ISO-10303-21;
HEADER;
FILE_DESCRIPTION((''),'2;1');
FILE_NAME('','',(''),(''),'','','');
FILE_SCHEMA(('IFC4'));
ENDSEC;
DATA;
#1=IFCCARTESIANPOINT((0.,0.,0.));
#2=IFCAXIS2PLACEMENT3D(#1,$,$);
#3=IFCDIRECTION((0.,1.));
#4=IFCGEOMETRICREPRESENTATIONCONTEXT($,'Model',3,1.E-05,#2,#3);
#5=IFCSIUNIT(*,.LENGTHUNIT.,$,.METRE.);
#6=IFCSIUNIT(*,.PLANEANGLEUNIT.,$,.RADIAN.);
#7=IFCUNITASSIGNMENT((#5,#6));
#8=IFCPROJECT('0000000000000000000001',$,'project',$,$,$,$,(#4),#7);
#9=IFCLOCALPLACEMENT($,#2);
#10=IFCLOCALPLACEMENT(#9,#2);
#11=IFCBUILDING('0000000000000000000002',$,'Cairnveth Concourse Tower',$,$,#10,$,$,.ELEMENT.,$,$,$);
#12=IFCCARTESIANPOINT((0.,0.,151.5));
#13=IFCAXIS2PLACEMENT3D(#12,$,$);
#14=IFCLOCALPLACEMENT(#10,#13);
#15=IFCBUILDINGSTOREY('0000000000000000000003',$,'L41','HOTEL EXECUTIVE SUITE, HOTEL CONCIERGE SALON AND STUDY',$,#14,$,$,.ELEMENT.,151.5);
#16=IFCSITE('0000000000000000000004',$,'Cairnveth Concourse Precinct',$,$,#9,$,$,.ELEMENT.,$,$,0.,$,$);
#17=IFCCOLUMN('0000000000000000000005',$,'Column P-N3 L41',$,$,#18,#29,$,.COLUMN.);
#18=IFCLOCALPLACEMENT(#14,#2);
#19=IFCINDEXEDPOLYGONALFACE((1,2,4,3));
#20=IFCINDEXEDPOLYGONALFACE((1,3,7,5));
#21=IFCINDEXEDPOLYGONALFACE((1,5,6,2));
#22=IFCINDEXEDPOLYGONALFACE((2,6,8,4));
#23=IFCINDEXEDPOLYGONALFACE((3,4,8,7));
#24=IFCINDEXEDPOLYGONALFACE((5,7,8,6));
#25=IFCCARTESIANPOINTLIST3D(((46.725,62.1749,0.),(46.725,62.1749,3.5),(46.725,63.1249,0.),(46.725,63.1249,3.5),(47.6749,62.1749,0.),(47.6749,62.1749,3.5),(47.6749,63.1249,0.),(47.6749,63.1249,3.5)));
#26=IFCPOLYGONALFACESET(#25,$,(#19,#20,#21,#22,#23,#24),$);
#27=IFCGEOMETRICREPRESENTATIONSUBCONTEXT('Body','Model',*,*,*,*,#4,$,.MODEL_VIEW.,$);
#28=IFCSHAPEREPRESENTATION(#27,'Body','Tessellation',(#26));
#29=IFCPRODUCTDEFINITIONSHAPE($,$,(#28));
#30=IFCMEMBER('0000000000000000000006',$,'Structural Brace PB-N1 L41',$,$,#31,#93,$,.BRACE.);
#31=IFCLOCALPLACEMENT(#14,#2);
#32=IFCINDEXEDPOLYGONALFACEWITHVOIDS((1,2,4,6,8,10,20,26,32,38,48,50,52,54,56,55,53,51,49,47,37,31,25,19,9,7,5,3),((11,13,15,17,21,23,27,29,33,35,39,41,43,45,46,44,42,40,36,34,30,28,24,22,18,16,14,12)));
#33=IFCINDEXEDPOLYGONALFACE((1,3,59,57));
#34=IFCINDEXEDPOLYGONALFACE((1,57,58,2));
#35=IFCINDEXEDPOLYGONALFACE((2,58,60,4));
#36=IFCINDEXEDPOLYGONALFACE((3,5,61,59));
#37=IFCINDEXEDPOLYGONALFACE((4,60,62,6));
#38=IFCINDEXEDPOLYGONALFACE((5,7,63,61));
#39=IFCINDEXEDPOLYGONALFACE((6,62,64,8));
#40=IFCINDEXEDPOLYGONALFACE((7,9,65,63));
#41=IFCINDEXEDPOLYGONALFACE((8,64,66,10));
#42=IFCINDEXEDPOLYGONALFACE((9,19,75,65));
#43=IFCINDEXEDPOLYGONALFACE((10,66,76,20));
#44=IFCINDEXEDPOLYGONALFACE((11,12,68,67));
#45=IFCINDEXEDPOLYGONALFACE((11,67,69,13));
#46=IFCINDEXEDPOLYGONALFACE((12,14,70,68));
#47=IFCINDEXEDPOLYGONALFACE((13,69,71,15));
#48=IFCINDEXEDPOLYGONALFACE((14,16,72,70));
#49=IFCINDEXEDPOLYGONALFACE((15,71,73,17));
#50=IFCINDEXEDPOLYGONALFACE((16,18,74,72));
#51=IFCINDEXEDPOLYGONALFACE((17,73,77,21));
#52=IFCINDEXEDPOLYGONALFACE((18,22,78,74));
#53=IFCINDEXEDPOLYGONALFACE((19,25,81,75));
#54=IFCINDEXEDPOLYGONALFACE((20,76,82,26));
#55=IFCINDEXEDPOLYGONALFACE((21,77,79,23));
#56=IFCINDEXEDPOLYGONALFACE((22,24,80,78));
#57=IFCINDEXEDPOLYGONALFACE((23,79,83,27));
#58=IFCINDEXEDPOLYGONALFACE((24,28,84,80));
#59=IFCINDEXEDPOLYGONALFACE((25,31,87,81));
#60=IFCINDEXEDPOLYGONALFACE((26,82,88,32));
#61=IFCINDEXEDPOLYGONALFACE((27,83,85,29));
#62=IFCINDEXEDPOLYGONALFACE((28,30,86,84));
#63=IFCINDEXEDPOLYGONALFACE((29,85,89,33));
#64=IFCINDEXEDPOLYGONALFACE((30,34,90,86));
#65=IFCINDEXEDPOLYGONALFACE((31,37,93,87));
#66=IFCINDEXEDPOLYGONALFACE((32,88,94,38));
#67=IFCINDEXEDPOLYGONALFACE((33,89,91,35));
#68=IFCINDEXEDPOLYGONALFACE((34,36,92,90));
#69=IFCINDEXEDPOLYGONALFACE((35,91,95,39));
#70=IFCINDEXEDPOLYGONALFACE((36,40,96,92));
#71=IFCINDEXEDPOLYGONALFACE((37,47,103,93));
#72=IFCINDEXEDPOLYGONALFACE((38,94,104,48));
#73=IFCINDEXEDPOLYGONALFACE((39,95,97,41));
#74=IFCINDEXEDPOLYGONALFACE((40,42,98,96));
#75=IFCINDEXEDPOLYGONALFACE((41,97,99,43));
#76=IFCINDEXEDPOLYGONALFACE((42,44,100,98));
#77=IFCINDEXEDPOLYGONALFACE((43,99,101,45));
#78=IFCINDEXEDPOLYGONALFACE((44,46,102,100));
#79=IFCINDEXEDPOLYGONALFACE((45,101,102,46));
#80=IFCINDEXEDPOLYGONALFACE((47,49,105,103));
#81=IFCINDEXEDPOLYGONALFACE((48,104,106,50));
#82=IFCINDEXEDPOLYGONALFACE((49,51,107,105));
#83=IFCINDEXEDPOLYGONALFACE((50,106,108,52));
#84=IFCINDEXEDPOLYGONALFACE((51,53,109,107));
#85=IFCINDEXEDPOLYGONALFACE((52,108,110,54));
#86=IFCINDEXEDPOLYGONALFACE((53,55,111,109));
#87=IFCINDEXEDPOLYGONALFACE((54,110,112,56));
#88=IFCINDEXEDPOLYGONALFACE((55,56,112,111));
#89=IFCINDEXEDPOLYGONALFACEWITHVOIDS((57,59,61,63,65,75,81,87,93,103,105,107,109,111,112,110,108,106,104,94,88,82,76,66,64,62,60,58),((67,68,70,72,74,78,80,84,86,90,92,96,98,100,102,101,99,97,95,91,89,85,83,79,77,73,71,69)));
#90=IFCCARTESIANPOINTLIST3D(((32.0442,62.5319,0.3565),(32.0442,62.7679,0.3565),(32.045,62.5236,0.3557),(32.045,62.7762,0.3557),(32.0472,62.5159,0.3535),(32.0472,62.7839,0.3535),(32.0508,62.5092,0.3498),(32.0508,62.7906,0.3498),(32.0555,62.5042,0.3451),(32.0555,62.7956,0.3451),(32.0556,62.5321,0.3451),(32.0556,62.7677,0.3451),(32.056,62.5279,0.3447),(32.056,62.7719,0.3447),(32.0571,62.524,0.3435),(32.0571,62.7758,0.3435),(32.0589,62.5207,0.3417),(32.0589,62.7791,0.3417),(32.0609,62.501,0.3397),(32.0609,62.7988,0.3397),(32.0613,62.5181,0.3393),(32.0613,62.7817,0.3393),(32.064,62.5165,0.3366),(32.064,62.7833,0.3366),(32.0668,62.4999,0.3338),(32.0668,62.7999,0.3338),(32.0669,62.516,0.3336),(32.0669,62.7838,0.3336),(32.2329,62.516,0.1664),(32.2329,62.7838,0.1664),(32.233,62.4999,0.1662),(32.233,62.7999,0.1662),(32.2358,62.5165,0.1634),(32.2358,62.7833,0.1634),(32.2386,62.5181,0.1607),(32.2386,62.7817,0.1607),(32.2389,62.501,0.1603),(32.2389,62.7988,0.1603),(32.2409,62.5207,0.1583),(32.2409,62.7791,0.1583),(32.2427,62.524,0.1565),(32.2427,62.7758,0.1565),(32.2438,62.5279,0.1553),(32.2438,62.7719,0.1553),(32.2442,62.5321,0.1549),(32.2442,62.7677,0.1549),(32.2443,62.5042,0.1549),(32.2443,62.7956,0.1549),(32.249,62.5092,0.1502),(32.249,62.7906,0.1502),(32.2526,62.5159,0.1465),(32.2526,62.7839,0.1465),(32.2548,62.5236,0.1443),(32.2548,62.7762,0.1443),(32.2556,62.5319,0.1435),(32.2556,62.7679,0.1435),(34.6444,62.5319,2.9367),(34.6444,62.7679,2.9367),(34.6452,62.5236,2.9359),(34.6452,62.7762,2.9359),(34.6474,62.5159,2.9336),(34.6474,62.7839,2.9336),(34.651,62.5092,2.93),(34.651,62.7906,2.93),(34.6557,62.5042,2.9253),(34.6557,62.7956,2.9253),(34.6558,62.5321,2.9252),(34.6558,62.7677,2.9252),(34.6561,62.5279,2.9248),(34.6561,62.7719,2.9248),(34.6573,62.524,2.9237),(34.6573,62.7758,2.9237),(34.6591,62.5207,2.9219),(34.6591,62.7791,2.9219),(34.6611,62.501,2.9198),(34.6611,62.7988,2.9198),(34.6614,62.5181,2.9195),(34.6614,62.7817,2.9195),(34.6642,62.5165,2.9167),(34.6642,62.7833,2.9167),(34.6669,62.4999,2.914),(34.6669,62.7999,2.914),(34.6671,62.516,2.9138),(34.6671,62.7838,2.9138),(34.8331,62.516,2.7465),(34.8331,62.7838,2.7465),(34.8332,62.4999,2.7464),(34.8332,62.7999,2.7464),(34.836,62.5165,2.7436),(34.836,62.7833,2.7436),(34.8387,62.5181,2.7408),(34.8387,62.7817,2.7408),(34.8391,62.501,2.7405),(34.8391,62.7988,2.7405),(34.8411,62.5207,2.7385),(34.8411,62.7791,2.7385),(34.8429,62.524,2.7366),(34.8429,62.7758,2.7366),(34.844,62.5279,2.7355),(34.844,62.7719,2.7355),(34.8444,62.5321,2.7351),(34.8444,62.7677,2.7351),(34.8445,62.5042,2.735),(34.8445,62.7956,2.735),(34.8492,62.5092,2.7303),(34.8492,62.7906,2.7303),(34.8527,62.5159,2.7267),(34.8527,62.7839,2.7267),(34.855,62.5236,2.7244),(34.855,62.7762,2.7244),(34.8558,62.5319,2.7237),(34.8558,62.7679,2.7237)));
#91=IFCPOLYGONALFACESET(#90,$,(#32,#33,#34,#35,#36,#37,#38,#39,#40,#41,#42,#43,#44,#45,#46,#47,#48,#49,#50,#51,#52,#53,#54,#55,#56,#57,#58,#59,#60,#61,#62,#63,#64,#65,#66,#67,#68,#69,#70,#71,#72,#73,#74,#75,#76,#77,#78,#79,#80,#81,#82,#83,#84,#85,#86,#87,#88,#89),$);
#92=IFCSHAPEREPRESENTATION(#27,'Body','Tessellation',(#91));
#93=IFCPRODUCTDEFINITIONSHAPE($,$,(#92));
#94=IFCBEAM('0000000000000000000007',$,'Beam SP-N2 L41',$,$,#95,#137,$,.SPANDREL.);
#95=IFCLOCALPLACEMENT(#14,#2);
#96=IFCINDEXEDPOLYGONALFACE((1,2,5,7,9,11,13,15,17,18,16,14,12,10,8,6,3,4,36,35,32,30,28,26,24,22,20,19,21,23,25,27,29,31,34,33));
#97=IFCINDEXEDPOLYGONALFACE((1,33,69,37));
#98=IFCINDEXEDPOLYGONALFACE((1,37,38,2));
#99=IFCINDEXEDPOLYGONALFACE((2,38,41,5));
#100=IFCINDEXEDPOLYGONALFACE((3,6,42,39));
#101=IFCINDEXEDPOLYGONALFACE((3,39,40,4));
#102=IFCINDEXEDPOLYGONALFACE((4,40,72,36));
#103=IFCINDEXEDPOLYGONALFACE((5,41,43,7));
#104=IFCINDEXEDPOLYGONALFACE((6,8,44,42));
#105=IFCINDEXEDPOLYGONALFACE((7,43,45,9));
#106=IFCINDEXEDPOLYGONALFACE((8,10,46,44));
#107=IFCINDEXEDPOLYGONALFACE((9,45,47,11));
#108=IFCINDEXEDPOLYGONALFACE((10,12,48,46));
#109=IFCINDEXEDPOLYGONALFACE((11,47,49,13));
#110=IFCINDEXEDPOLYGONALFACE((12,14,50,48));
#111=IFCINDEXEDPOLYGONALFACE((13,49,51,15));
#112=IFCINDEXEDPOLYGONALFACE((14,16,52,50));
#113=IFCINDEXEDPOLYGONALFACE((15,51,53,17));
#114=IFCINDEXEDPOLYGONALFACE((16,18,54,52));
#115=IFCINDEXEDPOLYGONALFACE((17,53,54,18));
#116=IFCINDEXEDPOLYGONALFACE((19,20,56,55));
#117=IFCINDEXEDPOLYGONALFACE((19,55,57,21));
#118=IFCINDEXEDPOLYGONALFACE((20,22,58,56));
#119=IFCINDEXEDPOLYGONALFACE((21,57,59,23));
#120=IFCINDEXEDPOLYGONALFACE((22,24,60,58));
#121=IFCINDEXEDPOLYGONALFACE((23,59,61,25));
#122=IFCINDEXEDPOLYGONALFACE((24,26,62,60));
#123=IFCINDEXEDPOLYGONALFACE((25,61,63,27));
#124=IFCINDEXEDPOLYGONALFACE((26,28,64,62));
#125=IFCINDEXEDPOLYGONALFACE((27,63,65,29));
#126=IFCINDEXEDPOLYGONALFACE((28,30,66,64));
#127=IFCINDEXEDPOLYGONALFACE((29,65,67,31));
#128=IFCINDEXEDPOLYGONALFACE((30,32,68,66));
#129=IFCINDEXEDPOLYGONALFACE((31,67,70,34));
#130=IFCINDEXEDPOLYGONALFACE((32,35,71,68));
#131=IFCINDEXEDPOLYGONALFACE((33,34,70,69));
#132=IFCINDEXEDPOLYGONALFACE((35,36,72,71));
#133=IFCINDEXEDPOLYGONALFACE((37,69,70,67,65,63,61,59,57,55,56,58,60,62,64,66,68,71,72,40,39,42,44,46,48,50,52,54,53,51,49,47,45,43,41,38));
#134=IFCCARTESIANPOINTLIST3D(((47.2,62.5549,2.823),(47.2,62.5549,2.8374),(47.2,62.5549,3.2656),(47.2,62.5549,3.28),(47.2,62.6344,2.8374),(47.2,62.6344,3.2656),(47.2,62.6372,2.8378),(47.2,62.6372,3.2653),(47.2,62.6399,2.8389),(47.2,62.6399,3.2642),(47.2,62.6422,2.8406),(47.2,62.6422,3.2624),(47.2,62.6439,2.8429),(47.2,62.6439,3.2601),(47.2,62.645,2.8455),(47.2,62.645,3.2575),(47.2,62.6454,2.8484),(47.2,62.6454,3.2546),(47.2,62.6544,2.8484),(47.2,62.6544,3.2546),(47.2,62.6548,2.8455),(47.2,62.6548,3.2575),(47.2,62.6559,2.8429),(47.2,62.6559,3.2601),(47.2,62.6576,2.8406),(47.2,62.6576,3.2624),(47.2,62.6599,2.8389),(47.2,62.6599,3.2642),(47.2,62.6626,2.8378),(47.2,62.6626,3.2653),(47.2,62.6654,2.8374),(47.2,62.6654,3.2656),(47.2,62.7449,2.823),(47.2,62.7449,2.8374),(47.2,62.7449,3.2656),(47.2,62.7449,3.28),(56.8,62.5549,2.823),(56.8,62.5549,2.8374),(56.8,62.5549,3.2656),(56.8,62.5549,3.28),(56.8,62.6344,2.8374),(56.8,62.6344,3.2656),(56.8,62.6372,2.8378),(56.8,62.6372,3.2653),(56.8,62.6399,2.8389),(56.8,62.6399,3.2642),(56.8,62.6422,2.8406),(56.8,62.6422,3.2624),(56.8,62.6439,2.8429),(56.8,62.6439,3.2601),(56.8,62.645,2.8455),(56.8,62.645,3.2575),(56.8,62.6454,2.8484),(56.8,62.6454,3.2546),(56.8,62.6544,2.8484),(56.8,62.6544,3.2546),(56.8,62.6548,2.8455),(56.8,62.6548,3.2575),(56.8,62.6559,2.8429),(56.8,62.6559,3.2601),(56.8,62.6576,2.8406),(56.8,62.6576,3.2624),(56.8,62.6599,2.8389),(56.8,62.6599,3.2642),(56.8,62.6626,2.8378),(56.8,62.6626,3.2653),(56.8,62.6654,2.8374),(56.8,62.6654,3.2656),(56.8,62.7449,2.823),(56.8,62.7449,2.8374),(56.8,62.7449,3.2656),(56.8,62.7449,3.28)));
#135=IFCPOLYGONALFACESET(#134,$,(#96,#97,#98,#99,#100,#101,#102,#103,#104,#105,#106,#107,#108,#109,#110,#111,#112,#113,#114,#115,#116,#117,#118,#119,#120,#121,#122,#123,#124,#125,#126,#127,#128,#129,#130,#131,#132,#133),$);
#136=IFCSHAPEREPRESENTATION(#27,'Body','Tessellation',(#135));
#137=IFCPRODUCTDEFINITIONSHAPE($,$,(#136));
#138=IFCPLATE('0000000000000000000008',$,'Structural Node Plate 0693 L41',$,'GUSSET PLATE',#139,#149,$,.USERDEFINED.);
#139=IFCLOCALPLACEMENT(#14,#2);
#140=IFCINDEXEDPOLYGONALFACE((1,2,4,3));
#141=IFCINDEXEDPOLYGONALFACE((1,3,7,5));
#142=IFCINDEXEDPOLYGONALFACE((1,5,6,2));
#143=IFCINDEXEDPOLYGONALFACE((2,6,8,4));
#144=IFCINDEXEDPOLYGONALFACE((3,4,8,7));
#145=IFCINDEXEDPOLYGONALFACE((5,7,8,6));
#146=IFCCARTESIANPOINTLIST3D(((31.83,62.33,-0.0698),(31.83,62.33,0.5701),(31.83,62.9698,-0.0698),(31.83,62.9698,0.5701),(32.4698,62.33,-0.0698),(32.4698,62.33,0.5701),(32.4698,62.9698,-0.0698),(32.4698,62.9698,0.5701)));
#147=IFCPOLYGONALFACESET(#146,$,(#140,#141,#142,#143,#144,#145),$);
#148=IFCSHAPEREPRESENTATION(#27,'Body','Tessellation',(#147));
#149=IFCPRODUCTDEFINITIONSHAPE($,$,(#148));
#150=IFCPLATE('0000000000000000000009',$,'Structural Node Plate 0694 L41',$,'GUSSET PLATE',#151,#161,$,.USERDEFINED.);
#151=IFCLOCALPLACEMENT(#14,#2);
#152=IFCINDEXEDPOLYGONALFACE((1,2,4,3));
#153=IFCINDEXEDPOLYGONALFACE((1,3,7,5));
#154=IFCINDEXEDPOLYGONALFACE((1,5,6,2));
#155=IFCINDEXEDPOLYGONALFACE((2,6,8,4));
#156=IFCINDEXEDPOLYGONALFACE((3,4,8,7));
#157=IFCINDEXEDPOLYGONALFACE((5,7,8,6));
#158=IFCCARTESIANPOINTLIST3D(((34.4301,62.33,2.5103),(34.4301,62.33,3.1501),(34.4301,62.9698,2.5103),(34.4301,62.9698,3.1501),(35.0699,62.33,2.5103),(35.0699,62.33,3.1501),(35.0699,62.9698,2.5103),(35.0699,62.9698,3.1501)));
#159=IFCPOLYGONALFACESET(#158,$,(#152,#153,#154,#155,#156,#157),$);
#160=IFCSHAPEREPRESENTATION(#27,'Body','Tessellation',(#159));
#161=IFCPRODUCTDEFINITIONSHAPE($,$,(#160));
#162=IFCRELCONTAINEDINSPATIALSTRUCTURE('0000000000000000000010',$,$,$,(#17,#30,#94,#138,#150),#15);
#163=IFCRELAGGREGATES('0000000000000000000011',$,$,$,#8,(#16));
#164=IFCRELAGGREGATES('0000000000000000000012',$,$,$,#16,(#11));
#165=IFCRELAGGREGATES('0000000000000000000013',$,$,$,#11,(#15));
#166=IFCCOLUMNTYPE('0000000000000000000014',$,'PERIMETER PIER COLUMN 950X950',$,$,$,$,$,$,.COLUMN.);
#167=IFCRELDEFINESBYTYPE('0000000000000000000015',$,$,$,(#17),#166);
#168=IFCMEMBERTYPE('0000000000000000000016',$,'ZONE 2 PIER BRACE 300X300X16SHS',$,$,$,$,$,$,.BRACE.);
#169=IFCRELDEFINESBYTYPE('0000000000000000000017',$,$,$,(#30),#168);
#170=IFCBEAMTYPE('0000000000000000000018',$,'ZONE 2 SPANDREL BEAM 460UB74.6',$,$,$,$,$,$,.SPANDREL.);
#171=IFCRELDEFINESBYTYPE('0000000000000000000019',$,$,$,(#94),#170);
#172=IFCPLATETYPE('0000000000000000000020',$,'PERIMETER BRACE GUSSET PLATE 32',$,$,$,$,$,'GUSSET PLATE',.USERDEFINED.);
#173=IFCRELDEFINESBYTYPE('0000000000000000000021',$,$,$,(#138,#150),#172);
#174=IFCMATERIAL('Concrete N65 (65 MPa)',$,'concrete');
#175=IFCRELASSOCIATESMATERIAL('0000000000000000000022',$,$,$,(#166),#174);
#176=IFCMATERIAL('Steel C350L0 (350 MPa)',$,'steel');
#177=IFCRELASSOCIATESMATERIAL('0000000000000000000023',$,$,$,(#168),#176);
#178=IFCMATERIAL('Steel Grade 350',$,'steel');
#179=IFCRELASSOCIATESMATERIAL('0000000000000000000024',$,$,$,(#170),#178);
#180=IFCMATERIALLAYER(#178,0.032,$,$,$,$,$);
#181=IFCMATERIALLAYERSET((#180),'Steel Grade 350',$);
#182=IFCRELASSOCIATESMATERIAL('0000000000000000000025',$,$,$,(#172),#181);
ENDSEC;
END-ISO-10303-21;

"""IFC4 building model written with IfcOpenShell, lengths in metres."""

from ifc_helpers import new_model, si_unit, direction, frame, origin, origin_2d, place, context, subcontext, project, spatial, rectangle, hollow_rectangle, i_section, extrude, material, layer, layer_set, material_profile, profile_set, type_object, element, save


model = new_model("IFC4")

# Units and contexts
model_context = context("Model", 3, precision=1e-05, world=origin(), true_north=direction((0.0, 1.0)))
body_context = subcontext(model_context, "Body", "Model", "MODEL_VIEW")
ifc_project = project(units=[si_unit("LENGTHUNIT", "METRE"), si_unit("PLANEANGLEUNIT", "RADIAN")], contexts=[model_context])

# Site, building, storey
site_placement = place(None, origin())
site = spatial("IfcSite", under=ifc_project, at=site_placement, Name="Cairnveth Concourse Precinct", CompositionType="ELEMENT", RefElevation=0.0)
building_placement = place(site_placement, origin())
building = spatial("IfcBuilding", under=site, at=building_placement, Name="Cairnveth Concourse Tower", CompositionType="ELEMENT")
storey_placement = place(building_placement, frame((0.0, 0.0, 151.5)))
storey = spatial("IfcBuildingStorey", under=building, at=storey_placement, Name="L41", Description="HOTEL EXECUTIVE SUITE, HOTEL CONCIERGE SALON AND STUDY", CompositionType="ELEMENT", Elevation=151.5)

# Column
ifc_material_1 = material(Name="Concrete N65 (65 MPa)", Category="concrete")
ifc_material_profile_1 = material_profile(ifc_material_1, rectangle(XDim=0.95, YDim=0.95, at=origin_2d()), Name="RC-COL-950x950")
ifc_profile_set_1 = profile_set([ifc_material_profile_1], Name="Concrete N65 (65 MPa)")
column_type = type_object("IfcColumnType", Name="PERIMETER PIER COLUMN 950X950", PredefinedType="COLUMN", material=ifc_profile_set_1)
column_placement = place(storey_placement, frame((47.2, 62.6499, 0.0), z_axis=(0.0, 0.0, 1.0), x_axis=(1.0, 0.0, 0.0)))
element("IfcColumn", 1, at=column_placement, inside=storey, type_object=column_type, Name="Column P-N3 L41", PredefinedType="COLUMN", context=body_context, shape_type="SweptSolid", body=[
    extrude(rectangle(XDim=0.95, YDim=0.95, at=origin_2d()), origin(), (0.0, 0.0, 1.0), 3.5),
])

# Member
ifc_material_2 = material(Name="Steel C350L0 (350 MPa)", Category="steel")
ifc_material_profile_2 = material_profile(ifc_material_2, hollow_rectangle(XDim=0.3, YDim=0.3, WallThickness=0.0161, InnerFilletRadius=0.0161, OuterFilletRadius=0.032, at=origin_2d()), Name="300x300x16.0SHS")
ifc_profile_set_2 = profile_set([ifc_material_profile_2], Name="Steel C350L0 (350 MPa)")
member_type = type_object("IfcMemberType", Name="ZONE 2 PIER BRACE 300X300X16SHS", PredefinedType="BRACE", material=ifc_profile_set_2)
member_placement = place(storey_placement, frame((32.1499, 62.6499, 0.25), z_axis=(0.709834, 0.0, 0.704369), x_axis=(0.0, 1.0, 0.0)))
element("IfcMember", 2, at=member_placement, inside=storey, type_object=member_type, Name="Structural Brace PB-N1 L41", PredefinedType="BRACE", context=body_context, shape_type="SweptSolid", body=[
    extrude(hollow_rectangle(XDim=0.3, YDim=0.3, WallThickness=0.0161, InnerFilletRadius=0.0161, OuterFilletRadius=0.032, at=origin_2d()), origin(), (0.0, 0.0, 1.0), 3.6631),
])

# Beam
ifc_material_3 = material(Name="Steel Grade 350", Category="steel")
ifc_material_profile_3 = material_profile(ifc_material_3, i_section(OverallWidth=0.1899, OverallDepth=0.457, WebThickness=0.009, FlangeThickness=0.0144, FilletRadius=0.011, at=origin_2d()), Name="460UB74.6")
ifc_profile_set_3 = profile_set([ifc_material_profile_3], Name="Steel Grade 350")
beam_type = type_object("IfcBeamType", Name="ZONE 2 SPANDREL BEAM 460UB74.6", PredefinedType="SPANDREL", material=ifc_profile_set_3)
beam_placement = place(storey_placement, frame((47.2, 62.6499, 3.0515), z_axis=(1.0, 0.0, 0.0), x_axis=(0.0, 1.0, 0.0)))
element("IfcBeam", 3, at=beam_placement, inside=storey, type_object=beam_type, Name="Beam SP-N2 L41", PredefinedType="SPANDREL", context=body_context, shape_type="SweptSolid", body=[
    extrude(i_section(OverallWidth=0.1899, OverallDepth=0.457, WebThickness=0.009, FlangeThickness=0.0144, FilletRadius=0.011, at=origin_2d()), origin(), (0.0, 0.0, 1.0), 9.6001),
])

# Plates
ifc_layer_1 = layer(ifc_material_3, 0.032)
ifc_layer_set_1 = layer_set([ifc_layer_1], Name="Steel Grade 350")
plate_type = type_object("IfcPlateType", Name="PERIMETER BRACE GUSSET PLATE 32", ElementType="GUSSET PLATE", PredefinedType="USERDEFINED", material=ifc_layer_set_1)
for number, where, z_axis, x_axis, name in (
    (4, (32.1499, 62.6499, -0.0698), (0.0, 0.0, 1.0), (1.0, 0.0, 0.0), "Structural Node Plate 0693 L41"),
    (5, (34.75, 62.6499, 2.5103), (0.0, 0.0, 1.0), (1.0, 0.0, 0.0), "Structural Node Plate 0694 L41"),
):
    element("IfcPlate", number, at=place(storey_placement, frame(where, z_axis=z_axis, x_axis=x_axis)), inside=storey, type_object=plate_type, Name=name, ObjectType="GUSSET PLATE", PredefinedType="USERDEFINED", context=body_context, shape_type="SweptSolid", body=[
        extrude(rectangle(XDim=0.6399, YDim=0.6399, at=origin_2d()), origin(), (0.0, 0.0, 1.0), 0.6399),
    ])

save(model, "model.ifc")
